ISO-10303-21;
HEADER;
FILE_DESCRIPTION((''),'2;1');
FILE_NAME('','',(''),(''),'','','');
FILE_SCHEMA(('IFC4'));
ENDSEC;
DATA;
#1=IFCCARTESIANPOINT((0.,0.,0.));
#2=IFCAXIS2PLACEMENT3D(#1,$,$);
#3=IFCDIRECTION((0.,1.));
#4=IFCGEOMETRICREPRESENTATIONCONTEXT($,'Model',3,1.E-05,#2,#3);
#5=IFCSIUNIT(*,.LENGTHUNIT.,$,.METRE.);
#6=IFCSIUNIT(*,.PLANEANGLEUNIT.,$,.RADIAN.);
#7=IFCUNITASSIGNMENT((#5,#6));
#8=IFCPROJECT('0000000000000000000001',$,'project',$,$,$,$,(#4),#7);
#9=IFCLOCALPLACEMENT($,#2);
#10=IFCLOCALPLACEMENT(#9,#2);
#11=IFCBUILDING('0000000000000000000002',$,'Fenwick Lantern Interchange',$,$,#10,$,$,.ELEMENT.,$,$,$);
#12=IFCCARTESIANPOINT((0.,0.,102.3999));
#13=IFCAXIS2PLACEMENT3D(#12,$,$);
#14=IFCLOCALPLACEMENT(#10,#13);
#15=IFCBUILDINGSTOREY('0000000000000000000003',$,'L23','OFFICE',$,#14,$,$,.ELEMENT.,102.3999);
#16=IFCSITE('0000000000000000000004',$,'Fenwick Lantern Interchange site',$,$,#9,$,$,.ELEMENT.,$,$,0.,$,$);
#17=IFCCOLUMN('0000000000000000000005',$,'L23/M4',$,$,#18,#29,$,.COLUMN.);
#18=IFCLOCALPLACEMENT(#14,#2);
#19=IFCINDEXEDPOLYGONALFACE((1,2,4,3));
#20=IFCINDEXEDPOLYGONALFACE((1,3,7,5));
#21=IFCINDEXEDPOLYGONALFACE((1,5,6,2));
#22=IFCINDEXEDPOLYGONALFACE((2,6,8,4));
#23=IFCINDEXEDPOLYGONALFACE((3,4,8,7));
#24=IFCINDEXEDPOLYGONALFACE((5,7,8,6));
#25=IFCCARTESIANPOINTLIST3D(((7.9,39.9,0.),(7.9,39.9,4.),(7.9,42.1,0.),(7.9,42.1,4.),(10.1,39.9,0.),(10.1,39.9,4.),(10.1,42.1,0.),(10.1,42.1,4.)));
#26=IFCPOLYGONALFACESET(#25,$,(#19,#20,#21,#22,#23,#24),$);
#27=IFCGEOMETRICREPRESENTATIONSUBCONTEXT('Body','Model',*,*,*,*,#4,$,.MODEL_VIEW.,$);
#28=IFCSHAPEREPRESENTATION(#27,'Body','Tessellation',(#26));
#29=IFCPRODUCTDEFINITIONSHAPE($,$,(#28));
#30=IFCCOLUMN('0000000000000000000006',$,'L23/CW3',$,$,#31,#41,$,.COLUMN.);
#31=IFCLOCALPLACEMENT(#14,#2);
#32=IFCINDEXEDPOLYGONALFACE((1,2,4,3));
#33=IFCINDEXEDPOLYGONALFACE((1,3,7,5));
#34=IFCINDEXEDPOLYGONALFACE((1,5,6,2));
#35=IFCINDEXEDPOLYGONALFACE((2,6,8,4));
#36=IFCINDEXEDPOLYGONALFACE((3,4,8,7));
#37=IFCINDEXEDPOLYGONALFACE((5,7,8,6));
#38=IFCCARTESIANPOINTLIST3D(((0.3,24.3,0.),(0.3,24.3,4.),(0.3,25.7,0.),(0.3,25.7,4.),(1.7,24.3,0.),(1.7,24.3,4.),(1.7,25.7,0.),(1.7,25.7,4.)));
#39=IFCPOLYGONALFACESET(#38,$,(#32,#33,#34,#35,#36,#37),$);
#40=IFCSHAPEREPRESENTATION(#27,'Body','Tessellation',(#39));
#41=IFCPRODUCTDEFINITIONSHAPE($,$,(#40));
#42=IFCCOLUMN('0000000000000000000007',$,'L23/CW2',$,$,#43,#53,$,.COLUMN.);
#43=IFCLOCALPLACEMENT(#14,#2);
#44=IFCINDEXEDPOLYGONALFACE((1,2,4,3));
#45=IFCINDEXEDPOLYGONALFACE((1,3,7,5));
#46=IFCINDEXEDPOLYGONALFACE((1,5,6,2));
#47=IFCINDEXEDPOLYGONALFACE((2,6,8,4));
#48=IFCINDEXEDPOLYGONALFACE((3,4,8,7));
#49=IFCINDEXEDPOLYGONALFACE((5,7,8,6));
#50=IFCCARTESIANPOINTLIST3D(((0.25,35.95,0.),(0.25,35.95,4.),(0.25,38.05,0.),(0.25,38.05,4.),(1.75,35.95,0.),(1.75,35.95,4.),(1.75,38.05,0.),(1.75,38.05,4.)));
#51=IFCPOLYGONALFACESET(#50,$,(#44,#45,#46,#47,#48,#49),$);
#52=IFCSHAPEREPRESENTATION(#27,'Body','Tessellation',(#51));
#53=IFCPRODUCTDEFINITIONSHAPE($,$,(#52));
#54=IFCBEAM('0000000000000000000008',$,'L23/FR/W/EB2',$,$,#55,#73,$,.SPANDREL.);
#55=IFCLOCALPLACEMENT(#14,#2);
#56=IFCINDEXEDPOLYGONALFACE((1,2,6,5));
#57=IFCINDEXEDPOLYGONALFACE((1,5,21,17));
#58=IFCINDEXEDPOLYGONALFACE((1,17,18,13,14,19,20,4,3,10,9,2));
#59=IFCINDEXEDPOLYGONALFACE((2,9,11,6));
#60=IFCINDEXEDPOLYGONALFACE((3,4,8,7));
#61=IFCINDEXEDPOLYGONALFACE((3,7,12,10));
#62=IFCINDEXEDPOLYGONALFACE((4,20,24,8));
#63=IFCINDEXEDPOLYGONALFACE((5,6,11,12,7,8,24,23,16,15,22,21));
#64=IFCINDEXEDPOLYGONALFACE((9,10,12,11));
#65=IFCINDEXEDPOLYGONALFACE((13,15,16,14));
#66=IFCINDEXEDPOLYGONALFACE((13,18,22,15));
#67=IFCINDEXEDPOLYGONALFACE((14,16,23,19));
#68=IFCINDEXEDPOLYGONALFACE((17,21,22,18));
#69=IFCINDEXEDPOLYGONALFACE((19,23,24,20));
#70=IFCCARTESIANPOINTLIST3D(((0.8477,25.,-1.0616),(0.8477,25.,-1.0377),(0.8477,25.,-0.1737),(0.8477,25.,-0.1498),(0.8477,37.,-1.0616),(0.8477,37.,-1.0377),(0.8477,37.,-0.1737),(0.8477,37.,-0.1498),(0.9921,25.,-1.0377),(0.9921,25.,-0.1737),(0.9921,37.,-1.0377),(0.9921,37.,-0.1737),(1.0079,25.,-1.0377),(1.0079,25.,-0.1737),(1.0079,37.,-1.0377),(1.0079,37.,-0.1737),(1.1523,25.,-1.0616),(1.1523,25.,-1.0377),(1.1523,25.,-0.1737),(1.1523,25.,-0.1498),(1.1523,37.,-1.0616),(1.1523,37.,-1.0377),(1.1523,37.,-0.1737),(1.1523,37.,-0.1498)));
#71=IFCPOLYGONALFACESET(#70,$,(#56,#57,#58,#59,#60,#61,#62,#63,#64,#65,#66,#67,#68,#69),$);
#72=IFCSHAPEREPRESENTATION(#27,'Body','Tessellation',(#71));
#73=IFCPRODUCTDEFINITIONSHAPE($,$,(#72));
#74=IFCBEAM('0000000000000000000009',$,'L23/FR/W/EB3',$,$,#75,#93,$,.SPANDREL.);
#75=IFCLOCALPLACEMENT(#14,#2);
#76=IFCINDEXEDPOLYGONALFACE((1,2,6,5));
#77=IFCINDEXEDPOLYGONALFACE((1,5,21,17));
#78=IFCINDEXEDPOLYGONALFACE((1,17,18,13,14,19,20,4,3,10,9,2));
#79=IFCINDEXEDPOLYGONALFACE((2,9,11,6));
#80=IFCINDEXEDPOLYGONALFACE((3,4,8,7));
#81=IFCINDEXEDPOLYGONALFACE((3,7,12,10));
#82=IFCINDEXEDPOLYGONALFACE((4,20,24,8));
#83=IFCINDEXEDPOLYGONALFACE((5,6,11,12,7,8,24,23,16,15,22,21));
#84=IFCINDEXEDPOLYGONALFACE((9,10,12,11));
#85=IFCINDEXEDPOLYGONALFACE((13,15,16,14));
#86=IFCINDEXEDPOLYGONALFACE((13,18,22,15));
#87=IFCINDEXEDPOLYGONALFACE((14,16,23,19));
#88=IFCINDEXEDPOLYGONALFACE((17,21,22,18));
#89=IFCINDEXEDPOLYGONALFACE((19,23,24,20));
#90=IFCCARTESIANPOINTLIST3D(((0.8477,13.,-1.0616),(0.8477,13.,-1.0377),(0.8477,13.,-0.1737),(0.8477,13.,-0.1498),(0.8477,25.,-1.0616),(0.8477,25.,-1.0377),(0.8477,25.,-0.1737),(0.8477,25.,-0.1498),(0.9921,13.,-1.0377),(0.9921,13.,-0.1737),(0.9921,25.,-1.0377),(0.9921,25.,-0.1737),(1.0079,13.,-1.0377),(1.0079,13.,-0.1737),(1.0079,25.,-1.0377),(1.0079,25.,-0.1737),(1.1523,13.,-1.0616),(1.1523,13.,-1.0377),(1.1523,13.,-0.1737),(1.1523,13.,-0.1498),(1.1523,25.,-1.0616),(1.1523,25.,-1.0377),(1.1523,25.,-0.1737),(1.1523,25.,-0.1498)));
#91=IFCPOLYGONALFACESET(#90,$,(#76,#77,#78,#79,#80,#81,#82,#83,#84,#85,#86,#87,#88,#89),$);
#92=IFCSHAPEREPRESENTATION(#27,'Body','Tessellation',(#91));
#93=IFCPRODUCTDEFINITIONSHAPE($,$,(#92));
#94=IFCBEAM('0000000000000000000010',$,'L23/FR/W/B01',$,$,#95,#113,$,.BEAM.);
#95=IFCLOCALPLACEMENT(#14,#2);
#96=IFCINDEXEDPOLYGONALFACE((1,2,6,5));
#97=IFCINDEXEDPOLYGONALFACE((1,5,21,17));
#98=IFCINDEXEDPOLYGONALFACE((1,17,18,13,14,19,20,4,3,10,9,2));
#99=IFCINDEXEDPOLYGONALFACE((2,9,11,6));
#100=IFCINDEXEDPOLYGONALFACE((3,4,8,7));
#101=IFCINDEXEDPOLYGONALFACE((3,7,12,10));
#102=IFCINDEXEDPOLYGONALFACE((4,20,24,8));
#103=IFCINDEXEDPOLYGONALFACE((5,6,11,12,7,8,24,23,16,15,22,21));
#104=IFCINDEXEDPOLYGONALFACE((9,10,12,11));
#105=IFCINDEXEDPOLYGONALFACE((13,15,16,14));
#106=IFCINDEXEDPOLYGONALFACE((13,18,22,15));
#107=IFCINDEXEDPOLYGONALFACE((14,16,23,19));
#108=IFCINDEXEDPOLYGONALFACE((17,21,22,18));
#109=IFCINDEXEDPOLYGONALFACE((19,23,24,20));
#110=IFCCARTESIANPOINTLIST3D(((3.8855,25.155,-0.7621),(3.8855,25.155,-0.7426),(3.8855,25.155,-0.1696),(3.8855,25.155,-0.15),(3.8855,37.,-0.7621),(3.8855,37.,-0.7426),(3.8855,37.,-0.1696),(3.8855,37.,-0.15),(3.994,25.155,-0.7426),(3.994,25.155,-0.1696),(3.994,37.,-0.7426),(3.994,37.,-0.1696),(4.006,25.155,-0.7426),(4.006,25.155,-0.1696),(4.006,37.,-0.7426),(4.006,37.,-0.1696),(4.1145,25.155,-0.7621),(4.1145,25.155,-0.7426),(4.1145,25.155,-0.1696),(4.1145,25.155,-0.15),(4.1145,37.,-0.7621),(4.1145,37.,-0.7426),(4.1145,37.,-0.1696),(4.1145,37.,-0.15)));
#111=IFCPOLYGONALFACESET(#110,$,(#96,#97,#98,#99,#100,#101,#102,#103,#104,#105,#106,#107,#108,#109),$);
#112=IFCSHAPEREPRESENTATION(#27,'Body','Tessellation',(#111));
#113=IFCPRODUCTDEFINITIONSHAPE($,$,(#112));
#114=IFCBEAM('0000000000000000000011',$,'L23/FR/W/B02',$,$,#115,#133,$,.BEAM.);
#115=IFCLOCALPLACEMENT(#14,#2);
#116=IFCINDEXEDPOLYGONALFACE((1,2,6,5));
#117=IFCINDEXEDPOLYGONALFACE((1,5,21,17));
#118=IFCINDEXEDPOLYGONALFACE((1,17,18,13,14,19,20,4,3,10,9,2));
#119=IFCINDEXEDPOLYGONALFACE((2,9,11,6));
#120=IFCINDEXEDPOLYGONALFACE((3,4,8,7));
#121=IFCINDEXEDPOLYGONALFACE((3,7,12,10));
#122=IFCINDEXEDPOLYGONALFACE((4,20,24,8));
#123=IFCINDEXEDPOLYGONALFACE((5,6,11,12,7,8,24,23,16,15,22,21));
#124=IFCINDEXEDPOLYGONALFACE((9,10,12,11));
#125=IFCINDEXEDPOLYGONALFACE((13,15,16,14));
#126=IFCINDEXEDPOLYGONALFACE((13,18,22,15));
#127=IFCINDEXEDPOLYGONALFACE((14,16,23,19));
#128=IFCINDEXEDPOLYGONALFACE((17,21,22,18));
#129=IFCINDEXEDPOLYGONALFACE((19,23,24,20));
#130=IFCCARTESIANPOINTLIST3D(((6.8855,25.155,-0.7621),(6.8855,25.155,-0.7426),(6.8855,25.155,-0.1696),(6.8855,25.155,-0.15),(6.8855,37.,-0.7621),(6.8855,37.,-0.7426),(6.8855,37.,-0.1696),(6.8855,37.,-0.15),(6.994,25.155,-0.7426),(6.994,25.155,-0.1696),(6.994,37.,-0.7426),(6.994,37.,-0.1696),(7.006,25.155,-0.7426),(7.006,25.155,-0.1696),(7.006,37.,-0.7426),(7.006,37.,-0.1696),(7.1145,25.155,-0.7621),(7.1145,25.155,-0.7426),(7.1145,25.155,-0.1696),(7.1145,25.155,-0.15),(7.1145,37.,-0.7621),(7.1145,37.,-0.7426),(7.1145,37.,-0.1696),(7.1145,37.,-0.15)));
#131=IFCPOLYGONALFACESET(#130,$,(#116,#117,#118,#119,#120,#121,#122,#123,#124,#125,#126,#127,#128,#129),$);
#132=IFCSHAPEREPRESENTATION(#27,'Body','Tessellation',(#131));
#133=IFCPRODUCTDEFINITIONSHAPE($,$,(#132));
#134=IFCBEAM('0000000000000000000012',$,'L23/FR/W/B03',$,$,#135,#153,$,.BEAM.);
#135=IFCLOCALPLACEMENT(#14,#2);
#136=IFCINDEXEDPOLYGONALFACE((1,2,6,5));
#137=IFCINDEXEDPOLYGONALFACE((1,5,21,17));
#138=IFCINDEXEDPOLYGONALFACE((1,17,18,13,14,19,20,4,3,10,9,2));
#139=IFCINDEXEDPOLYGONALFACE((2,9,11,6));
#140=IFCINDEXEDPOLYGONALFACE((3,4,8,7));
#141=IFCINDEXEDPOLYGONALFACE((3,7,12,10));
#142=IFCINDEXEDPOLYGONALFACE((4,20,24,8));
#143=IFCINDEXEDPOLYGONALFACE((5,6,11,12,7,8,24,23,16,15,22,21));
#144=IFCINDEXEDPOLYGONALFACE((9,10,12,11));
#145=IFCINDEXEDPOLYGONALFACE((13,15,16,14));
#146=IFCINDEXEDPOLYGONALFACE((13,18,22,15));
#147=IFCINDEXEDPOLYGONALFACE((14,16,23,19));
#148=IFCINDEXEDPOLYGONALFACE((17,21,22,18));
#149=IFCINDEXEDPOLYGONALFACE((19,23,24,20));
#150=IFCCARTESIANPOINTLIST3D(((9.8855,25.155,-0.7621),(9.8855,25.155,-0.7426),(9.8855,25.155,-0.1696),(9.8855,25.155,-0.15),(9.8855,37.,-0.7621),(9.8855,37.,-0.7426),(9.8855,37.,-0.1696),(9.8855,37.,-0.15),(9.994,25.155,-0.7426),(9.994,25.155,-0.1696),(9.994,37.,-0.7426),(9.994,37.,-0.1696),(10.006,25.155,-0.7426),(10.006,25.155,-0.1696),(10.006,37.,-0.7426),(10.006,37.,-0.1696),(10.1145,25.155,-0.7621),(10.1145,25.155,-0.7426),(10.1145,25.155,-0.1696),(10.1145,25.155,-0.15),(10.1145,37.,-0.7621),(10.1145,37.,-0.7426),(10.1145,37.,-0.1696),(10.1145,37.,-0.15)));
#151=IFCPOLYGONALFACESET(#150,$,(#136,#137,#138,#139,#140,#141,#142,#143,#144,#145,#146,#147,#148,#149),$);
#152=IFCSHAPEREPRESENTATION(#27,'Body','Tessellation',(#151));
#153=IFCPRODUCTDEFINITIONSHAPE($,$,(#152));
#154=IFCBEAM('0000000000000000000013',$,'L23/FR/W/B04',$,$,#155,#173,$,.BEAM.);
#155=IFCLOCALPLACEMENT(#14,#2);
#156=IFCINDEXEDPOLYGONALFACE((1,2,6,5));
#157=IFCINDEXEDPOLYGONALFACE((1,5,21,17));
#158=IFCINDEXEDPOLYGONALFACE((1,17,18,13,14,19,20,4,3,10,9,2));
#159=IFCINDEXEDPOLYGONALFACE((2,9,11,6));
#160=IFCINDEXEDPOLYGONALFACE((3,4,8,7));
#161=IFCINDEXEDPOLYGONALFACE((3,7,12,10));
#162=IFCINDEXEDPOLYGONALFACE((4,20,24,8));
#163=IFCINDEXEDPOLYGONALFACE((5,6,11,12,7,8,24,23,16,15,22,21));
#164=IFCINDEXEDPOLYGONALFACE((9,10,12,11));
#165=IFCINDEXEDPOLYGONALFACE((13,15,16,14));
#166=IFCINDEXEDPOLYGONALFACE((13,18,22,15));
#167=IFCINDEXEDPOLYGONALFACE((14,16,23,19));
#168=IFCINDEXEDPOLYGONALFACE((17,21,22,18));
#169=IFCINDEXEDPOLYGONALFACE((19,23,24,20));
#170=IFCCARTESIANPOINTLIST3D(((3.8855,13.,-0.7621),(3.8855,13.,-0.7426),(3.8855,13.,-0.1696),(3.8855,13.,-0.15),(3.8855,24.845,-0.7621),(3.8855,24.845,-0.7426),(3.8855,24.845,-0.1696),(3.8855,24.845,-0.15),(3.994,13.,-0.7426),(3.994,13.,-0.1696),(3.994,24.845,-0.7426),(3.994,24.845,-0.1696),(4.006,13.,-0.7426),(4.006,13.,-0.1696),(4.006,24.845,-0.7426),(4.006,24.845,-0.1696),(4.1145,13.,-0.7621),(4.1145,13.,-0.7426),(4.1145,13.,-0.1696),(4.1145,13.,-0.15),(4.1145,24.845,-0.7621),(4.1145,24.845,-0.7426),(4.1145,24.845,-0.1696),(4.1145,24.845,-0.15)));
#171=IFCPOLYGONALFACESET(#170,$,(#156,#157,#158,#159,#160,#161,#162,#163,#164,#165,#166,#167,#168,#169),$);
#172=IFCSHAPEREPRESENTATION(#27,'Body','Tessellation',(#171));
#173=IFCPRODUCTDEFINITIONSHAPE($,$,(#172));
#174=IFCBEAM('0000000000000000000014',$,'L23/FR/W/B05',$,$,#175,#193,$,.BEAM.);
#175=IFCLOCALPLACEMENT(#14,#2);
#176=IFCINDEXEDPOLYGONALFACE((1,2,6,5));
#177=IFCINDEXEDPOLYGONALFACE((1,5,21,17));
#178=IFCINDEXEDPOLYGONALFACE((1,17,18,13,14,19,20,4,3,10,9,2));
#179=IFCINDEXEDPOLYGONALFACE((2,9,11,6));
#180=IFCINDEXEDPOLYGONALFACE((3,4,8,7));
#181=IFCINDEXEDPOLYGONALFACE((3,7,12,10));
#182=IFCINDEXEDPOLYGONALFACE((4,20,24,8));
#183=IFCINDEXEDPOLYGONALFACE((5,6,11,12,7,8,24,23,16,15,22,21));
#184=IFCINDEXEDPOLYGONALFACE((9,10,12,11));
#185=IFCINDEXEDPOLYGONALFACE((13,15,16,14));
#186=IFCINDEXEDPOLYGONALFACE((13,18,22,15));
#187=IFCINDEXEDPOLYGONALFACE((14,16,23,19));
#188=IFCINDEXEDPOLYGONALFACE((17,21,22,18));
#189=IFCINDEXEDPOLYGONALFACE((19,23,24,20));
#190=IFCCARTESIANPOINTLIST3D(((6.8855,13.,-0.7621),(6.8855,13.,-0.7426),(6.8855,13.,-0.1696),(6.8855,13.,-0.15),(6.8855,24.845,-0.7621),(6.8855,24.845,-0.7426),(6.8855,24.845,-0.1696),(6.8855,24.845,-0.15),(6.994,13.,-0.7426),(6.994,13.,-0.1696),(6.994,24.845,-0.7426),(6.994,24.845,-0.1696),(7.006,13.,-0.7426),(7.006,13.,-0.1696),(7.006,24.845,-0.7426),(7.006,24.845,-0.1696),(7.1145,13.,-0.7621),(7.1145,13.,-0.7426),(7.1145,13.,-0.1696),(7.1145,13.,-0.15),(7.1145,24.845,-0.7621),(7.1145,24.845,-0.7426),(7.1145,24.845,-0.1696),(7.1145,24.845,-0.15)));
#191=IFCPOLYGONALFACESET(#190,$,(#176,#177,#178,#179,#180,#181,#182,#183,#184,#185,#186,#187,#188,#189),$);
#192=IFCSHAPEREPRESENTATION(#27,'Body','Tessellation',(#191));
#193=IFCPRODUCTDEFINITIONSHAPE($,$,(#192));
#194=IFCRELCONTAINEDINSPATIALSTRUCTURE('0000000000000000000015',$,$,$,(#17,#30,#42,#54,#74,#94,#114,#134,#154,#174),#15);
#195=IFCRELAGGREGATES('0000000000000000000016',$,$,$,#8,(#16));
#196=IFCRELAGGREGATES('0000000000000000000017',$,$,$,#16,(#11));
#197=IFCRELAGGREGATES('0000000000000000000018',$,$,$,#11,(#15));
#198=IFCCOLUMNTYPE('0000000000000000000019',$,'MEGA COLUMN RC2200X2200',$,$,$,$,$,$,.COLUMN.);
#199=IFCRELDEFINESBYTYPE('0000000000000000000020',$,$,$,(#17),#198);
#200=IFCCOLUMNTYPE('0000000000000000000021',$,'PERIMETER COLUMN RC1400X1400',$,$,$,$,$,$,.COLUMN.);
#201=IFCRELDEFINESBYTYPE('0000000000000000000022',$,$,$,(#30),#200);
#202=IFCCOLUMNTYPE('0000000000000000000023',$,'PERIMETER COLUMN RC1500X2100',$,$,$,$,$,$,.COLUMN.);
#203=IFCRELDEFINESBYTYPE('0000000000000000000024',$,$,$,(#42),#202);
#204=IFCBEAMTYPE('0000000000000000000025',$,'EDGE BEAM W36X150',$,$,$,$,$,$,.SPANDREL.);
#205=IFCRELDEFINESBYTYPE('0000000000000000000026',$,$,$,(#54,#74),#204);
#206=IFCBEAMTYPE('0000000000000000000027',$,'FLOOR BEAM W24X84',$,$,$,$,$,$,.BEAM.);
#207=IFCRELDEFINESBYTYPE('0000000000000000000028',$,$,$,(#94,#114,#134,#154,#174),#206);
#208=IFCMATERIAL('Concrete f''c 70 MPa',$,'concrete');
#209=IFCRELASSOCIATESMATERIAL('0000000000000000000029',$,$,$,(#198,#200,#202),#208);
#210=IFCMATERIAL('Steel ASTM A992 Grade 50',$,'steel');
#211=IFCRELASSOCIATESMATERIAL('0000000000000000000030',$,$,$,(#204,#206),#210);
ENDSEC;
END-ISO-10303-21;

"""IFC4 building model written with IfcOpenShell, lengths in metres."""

from ifc_helpers import new_model, si_unit, direction, frame, origin, origin_2d, place, context, subcontext, project, spatial, rectangle, i_section, extrude, material, material_profile, profile_set, type_object, element, save


model = new_model("IFC4")

# Units and contexts
model_context = context("Model", 3, precision=1e-05, world=origin(), true_north=direction((0.0, 1.0)))
body_context = subcontext(model_context, "Body", "Model", "MODEL_VIEW")
ifc_project = project(units=[si_unit("LENGTHUNIT", "METRE"), si_unit("PLANEANGLEUNIT", "RADIAN")], contexts=[model_context])

# Site, building, storey
site_placement = place(None, origin())
site = spatial("IfcSite", under=ifc_project, at=site_placement, Name="Fenwick Lantern Interchange site", CompositionType="ELEMENT", RefElevation=0.0)
building_placement = place(site_placement, origin())
building = spatial("IfcBuilding", under=site, at=building_placement, Name="Fenwick Lantern Interchange", CompositionType="ELEMENT")
storey_placement = place(building_placement, frame((0.0, 0.0, 102.3999)))
storey = spatial("IfcBuildingStorey", under=building, at=storey_placement, Name="L23", Description="OFFICE", CompositionType="ELEMENT", Elevation=102.3999)

# Columns
ifc_material_1 = material(Name="Concrete f'c 70 MPa", Category="concrete")
ifc_material_profile_1 = material_profile(ifc_material_1, rectangle(XDim=2.2, YDim=2.2, at=origin_2d()), Name="RC2200X2200")
ifc_profile_set_1 = profile_set([ifc_material_profile_1], Name="Concrete f'c 70 MPa")
column_type_1 = type_object("IfcColumnType", Name="MEGA COLUMN RC2200X2200", PredefinedType="COLUMN", material=ifc_profile_set_1)
column_1_placement = place(storey_placement, frame((9.0, 41.0, 0.0), z_axis=(0.0, 0.0, 1.0), x_axis=(1.0, 0.0, 0.0)))
element("IfcColumn", 1, at=column_1_placement, inside=storey, type_object=column_type_1, Name="L23/M4", PredefinedType="COLUMN", context=body_context, shape_type="SweptSolid", body=[
    extrude(rectangle(XDim=2.2, YDim=2.2, at=origin_2d()), origin(), (0.0, 0.0, 1.0), 4.0),
])
ifc_material_profile_2 = material_profile(ifc_material_1, rectangle(XDim=1.3999, YDim=1.3999, at=origin_2d()), Name="RC1400X1400")
ifc_profile_set_2 = profile_set([ifc_material_profile_2], Name="Concrete f'c 70 MPa")
column_type_2 = type_object("IfcColumnType", Name="PERIMETER COLUMN RC1400X1400", PredefinedType="COLUMN", material=ifc_profile_set_2)
column_2_placement = place(storey_placement, frame((1.0, 25.0, 0.0), z_axis=(0.0, 0.0, 1.0), x_axis=(1.0, 0.0, 0.0)))
element("IfcColumn", 2, at=column_2_placement, inside=storey, type_object=column_type_2, Name="L23/CW3", PredefinedType="COLUMN", context=body_context, shape_type="SweptSolid", body=[
    extrude(rectangle(XDim=1.3999, YDim=1.3999, at=origin_2d()), origin(), (0.0, 0.0, 1.0), 4.0),
])
ifc_material_profile_3 = material_profile(ifc_material_1, rectangle(XDim=1.5, YDim=2.1001, at=origin_2d()), Name="RC1500X2100")
ifc_profile_set_3 = profile_set([ifc_material_profile_3], Name="Concrete f'c 70 MPa")
column_type_3 = type_object("IfcColumnType", Name="PERIMETER COLUMN RC1500X2100", PredefinedType="COLUMN", material=ifc_profile_set_3)
column_3_placement = place(storey_placement, frame((1.0, 37.0, 0.0), z_axis=(0.0, 0.0, 1.0), x_axis=(1.0, 0.0, 0.0)))
element("IfcColumn", 3, at=column_3_placement, inside=storey, type_object=column_type_3, Name="L23/CW2", PredefinedType="COLUMN", context=body_context, shape_type="SweptSolid", body=[
    extrude(rectangle(XDim=1.5, YDim=2.1001, at=origin_2d()), origin(), (0.0, 0.0, 1.0), 4.0),
])

# Beams
ifc_material_2 = material(Name="Steel ASTM A992 Grade 50", Category="steel")
ifc_material_profile_4 = material_profile(ifc_material_2, i_section(OverallWidth=0.3047, OverallDepth=0.9119, WebThickness=0.0159, FlangeThickness=0.0239, at=origin_2d()), Name="W36X150")
ifc_profile_set_4 = profile_set([ifc_material_profile_4], Name="Steel ASTM A992 Grade 50")
beam_type_1 = type_object("IfcBeamType", Name="EDGE BEAM W36X150", PredefinedType="SPANDREL", material=ifc_profile_set_4)
for number, where, z_axis, x_axis, name in (
    (4, (1.0, 37.0, -0.6057), (0.0, -1.0, 0.0), (1.0, 0.0, 0.0), "L23/FR/W/EB2"),
    (5, (1.0, 25.0, -0.6057), (0.0, -1.0, 0.0), (1.0, 0.0, 0.0), "L23/FR/W/EB3"),
):
    element("IfcBeam", number, at=place(storey_placement, frame(where, z_axis=z_axis, x_axis=x_axis)), inside=storey, type_object=beam_type_1, Name=name, PredefinedType="SPANDREL", context=body_context, shape_type="SweptSolid", body=[
        extrude(i_section(OverallWidth=0.3047, OverallDepth=0.9119, WebThickness=0.0159, FlangeThickness=0.0239, at=origin_2d()), origin(), (0.0, 0.0, 1.0), 12.0),
    ])
ifc_material_profile_5 = material_profile(ifc_material_2, i_section(OverallWidth=0.229, OverallDepth=0.6121, WebThickness=0.012, FlangeThickness=0.0195, at=origin_2d()), Name="W24X84")
ifc_profile_set_5 = profile_set([ifc_material_profile_5], Name="Steel ASTM A992 Grade 50")
beam_type_2 = type_object("IfcBeamType", Name="FLOOR BEAM W24X84", PredefinedType="BEAM", material=ifc_profile_set_5)
for number, where, z_axis, x_axis, name in (
    (6, (4.0, 37.0, -0.4561), (0.0, -1.0, 0.0), (1.0, 0.0, 0.0), "L23/FR/W/B01"),
    (7, (7.0, 37.0, -0.4561), (0.0, -1.0, 0.0), (1.0, 0.0, 0.0), "L23/FR/W/B02"),
    (8, (10.0, 37.0, -0.4561), (0.0, -1.0, 0.0), (1.0, 0.0, 0.0), "L23/FR/W/B03"),
    (9, (4.0, 24.845, -0.4561), (0.0, -1.0, 0.0), (1.0, 0.0, 0.0), "L23/FR/W/B04"),
    (10, (7.0, 24.845, -0.4561), (0.0, -1.0, 0.0), (1.0, 0.0, 0.0), "L23/FR/W/B05"),
):
    element("IfcBeam", number, at=place(storey_placement, frame(where, z_axis=z_axis, x_axis=x_axis)), inside=storey, type_object=beam_type_2, Name=name, PredefinedType="BEAM", context=body_context, shape_type="SweptSolid", body=[
        extrude(i_section(OverallWidth=0.229, OverallDepth=0.6121, WebThickness=0.012, FlangeThickness=0.0195, at=origin_2d()), origin(), (0.0, 0.0, 1.0), 11.845),
    ])

save(model, "model.ifc")
